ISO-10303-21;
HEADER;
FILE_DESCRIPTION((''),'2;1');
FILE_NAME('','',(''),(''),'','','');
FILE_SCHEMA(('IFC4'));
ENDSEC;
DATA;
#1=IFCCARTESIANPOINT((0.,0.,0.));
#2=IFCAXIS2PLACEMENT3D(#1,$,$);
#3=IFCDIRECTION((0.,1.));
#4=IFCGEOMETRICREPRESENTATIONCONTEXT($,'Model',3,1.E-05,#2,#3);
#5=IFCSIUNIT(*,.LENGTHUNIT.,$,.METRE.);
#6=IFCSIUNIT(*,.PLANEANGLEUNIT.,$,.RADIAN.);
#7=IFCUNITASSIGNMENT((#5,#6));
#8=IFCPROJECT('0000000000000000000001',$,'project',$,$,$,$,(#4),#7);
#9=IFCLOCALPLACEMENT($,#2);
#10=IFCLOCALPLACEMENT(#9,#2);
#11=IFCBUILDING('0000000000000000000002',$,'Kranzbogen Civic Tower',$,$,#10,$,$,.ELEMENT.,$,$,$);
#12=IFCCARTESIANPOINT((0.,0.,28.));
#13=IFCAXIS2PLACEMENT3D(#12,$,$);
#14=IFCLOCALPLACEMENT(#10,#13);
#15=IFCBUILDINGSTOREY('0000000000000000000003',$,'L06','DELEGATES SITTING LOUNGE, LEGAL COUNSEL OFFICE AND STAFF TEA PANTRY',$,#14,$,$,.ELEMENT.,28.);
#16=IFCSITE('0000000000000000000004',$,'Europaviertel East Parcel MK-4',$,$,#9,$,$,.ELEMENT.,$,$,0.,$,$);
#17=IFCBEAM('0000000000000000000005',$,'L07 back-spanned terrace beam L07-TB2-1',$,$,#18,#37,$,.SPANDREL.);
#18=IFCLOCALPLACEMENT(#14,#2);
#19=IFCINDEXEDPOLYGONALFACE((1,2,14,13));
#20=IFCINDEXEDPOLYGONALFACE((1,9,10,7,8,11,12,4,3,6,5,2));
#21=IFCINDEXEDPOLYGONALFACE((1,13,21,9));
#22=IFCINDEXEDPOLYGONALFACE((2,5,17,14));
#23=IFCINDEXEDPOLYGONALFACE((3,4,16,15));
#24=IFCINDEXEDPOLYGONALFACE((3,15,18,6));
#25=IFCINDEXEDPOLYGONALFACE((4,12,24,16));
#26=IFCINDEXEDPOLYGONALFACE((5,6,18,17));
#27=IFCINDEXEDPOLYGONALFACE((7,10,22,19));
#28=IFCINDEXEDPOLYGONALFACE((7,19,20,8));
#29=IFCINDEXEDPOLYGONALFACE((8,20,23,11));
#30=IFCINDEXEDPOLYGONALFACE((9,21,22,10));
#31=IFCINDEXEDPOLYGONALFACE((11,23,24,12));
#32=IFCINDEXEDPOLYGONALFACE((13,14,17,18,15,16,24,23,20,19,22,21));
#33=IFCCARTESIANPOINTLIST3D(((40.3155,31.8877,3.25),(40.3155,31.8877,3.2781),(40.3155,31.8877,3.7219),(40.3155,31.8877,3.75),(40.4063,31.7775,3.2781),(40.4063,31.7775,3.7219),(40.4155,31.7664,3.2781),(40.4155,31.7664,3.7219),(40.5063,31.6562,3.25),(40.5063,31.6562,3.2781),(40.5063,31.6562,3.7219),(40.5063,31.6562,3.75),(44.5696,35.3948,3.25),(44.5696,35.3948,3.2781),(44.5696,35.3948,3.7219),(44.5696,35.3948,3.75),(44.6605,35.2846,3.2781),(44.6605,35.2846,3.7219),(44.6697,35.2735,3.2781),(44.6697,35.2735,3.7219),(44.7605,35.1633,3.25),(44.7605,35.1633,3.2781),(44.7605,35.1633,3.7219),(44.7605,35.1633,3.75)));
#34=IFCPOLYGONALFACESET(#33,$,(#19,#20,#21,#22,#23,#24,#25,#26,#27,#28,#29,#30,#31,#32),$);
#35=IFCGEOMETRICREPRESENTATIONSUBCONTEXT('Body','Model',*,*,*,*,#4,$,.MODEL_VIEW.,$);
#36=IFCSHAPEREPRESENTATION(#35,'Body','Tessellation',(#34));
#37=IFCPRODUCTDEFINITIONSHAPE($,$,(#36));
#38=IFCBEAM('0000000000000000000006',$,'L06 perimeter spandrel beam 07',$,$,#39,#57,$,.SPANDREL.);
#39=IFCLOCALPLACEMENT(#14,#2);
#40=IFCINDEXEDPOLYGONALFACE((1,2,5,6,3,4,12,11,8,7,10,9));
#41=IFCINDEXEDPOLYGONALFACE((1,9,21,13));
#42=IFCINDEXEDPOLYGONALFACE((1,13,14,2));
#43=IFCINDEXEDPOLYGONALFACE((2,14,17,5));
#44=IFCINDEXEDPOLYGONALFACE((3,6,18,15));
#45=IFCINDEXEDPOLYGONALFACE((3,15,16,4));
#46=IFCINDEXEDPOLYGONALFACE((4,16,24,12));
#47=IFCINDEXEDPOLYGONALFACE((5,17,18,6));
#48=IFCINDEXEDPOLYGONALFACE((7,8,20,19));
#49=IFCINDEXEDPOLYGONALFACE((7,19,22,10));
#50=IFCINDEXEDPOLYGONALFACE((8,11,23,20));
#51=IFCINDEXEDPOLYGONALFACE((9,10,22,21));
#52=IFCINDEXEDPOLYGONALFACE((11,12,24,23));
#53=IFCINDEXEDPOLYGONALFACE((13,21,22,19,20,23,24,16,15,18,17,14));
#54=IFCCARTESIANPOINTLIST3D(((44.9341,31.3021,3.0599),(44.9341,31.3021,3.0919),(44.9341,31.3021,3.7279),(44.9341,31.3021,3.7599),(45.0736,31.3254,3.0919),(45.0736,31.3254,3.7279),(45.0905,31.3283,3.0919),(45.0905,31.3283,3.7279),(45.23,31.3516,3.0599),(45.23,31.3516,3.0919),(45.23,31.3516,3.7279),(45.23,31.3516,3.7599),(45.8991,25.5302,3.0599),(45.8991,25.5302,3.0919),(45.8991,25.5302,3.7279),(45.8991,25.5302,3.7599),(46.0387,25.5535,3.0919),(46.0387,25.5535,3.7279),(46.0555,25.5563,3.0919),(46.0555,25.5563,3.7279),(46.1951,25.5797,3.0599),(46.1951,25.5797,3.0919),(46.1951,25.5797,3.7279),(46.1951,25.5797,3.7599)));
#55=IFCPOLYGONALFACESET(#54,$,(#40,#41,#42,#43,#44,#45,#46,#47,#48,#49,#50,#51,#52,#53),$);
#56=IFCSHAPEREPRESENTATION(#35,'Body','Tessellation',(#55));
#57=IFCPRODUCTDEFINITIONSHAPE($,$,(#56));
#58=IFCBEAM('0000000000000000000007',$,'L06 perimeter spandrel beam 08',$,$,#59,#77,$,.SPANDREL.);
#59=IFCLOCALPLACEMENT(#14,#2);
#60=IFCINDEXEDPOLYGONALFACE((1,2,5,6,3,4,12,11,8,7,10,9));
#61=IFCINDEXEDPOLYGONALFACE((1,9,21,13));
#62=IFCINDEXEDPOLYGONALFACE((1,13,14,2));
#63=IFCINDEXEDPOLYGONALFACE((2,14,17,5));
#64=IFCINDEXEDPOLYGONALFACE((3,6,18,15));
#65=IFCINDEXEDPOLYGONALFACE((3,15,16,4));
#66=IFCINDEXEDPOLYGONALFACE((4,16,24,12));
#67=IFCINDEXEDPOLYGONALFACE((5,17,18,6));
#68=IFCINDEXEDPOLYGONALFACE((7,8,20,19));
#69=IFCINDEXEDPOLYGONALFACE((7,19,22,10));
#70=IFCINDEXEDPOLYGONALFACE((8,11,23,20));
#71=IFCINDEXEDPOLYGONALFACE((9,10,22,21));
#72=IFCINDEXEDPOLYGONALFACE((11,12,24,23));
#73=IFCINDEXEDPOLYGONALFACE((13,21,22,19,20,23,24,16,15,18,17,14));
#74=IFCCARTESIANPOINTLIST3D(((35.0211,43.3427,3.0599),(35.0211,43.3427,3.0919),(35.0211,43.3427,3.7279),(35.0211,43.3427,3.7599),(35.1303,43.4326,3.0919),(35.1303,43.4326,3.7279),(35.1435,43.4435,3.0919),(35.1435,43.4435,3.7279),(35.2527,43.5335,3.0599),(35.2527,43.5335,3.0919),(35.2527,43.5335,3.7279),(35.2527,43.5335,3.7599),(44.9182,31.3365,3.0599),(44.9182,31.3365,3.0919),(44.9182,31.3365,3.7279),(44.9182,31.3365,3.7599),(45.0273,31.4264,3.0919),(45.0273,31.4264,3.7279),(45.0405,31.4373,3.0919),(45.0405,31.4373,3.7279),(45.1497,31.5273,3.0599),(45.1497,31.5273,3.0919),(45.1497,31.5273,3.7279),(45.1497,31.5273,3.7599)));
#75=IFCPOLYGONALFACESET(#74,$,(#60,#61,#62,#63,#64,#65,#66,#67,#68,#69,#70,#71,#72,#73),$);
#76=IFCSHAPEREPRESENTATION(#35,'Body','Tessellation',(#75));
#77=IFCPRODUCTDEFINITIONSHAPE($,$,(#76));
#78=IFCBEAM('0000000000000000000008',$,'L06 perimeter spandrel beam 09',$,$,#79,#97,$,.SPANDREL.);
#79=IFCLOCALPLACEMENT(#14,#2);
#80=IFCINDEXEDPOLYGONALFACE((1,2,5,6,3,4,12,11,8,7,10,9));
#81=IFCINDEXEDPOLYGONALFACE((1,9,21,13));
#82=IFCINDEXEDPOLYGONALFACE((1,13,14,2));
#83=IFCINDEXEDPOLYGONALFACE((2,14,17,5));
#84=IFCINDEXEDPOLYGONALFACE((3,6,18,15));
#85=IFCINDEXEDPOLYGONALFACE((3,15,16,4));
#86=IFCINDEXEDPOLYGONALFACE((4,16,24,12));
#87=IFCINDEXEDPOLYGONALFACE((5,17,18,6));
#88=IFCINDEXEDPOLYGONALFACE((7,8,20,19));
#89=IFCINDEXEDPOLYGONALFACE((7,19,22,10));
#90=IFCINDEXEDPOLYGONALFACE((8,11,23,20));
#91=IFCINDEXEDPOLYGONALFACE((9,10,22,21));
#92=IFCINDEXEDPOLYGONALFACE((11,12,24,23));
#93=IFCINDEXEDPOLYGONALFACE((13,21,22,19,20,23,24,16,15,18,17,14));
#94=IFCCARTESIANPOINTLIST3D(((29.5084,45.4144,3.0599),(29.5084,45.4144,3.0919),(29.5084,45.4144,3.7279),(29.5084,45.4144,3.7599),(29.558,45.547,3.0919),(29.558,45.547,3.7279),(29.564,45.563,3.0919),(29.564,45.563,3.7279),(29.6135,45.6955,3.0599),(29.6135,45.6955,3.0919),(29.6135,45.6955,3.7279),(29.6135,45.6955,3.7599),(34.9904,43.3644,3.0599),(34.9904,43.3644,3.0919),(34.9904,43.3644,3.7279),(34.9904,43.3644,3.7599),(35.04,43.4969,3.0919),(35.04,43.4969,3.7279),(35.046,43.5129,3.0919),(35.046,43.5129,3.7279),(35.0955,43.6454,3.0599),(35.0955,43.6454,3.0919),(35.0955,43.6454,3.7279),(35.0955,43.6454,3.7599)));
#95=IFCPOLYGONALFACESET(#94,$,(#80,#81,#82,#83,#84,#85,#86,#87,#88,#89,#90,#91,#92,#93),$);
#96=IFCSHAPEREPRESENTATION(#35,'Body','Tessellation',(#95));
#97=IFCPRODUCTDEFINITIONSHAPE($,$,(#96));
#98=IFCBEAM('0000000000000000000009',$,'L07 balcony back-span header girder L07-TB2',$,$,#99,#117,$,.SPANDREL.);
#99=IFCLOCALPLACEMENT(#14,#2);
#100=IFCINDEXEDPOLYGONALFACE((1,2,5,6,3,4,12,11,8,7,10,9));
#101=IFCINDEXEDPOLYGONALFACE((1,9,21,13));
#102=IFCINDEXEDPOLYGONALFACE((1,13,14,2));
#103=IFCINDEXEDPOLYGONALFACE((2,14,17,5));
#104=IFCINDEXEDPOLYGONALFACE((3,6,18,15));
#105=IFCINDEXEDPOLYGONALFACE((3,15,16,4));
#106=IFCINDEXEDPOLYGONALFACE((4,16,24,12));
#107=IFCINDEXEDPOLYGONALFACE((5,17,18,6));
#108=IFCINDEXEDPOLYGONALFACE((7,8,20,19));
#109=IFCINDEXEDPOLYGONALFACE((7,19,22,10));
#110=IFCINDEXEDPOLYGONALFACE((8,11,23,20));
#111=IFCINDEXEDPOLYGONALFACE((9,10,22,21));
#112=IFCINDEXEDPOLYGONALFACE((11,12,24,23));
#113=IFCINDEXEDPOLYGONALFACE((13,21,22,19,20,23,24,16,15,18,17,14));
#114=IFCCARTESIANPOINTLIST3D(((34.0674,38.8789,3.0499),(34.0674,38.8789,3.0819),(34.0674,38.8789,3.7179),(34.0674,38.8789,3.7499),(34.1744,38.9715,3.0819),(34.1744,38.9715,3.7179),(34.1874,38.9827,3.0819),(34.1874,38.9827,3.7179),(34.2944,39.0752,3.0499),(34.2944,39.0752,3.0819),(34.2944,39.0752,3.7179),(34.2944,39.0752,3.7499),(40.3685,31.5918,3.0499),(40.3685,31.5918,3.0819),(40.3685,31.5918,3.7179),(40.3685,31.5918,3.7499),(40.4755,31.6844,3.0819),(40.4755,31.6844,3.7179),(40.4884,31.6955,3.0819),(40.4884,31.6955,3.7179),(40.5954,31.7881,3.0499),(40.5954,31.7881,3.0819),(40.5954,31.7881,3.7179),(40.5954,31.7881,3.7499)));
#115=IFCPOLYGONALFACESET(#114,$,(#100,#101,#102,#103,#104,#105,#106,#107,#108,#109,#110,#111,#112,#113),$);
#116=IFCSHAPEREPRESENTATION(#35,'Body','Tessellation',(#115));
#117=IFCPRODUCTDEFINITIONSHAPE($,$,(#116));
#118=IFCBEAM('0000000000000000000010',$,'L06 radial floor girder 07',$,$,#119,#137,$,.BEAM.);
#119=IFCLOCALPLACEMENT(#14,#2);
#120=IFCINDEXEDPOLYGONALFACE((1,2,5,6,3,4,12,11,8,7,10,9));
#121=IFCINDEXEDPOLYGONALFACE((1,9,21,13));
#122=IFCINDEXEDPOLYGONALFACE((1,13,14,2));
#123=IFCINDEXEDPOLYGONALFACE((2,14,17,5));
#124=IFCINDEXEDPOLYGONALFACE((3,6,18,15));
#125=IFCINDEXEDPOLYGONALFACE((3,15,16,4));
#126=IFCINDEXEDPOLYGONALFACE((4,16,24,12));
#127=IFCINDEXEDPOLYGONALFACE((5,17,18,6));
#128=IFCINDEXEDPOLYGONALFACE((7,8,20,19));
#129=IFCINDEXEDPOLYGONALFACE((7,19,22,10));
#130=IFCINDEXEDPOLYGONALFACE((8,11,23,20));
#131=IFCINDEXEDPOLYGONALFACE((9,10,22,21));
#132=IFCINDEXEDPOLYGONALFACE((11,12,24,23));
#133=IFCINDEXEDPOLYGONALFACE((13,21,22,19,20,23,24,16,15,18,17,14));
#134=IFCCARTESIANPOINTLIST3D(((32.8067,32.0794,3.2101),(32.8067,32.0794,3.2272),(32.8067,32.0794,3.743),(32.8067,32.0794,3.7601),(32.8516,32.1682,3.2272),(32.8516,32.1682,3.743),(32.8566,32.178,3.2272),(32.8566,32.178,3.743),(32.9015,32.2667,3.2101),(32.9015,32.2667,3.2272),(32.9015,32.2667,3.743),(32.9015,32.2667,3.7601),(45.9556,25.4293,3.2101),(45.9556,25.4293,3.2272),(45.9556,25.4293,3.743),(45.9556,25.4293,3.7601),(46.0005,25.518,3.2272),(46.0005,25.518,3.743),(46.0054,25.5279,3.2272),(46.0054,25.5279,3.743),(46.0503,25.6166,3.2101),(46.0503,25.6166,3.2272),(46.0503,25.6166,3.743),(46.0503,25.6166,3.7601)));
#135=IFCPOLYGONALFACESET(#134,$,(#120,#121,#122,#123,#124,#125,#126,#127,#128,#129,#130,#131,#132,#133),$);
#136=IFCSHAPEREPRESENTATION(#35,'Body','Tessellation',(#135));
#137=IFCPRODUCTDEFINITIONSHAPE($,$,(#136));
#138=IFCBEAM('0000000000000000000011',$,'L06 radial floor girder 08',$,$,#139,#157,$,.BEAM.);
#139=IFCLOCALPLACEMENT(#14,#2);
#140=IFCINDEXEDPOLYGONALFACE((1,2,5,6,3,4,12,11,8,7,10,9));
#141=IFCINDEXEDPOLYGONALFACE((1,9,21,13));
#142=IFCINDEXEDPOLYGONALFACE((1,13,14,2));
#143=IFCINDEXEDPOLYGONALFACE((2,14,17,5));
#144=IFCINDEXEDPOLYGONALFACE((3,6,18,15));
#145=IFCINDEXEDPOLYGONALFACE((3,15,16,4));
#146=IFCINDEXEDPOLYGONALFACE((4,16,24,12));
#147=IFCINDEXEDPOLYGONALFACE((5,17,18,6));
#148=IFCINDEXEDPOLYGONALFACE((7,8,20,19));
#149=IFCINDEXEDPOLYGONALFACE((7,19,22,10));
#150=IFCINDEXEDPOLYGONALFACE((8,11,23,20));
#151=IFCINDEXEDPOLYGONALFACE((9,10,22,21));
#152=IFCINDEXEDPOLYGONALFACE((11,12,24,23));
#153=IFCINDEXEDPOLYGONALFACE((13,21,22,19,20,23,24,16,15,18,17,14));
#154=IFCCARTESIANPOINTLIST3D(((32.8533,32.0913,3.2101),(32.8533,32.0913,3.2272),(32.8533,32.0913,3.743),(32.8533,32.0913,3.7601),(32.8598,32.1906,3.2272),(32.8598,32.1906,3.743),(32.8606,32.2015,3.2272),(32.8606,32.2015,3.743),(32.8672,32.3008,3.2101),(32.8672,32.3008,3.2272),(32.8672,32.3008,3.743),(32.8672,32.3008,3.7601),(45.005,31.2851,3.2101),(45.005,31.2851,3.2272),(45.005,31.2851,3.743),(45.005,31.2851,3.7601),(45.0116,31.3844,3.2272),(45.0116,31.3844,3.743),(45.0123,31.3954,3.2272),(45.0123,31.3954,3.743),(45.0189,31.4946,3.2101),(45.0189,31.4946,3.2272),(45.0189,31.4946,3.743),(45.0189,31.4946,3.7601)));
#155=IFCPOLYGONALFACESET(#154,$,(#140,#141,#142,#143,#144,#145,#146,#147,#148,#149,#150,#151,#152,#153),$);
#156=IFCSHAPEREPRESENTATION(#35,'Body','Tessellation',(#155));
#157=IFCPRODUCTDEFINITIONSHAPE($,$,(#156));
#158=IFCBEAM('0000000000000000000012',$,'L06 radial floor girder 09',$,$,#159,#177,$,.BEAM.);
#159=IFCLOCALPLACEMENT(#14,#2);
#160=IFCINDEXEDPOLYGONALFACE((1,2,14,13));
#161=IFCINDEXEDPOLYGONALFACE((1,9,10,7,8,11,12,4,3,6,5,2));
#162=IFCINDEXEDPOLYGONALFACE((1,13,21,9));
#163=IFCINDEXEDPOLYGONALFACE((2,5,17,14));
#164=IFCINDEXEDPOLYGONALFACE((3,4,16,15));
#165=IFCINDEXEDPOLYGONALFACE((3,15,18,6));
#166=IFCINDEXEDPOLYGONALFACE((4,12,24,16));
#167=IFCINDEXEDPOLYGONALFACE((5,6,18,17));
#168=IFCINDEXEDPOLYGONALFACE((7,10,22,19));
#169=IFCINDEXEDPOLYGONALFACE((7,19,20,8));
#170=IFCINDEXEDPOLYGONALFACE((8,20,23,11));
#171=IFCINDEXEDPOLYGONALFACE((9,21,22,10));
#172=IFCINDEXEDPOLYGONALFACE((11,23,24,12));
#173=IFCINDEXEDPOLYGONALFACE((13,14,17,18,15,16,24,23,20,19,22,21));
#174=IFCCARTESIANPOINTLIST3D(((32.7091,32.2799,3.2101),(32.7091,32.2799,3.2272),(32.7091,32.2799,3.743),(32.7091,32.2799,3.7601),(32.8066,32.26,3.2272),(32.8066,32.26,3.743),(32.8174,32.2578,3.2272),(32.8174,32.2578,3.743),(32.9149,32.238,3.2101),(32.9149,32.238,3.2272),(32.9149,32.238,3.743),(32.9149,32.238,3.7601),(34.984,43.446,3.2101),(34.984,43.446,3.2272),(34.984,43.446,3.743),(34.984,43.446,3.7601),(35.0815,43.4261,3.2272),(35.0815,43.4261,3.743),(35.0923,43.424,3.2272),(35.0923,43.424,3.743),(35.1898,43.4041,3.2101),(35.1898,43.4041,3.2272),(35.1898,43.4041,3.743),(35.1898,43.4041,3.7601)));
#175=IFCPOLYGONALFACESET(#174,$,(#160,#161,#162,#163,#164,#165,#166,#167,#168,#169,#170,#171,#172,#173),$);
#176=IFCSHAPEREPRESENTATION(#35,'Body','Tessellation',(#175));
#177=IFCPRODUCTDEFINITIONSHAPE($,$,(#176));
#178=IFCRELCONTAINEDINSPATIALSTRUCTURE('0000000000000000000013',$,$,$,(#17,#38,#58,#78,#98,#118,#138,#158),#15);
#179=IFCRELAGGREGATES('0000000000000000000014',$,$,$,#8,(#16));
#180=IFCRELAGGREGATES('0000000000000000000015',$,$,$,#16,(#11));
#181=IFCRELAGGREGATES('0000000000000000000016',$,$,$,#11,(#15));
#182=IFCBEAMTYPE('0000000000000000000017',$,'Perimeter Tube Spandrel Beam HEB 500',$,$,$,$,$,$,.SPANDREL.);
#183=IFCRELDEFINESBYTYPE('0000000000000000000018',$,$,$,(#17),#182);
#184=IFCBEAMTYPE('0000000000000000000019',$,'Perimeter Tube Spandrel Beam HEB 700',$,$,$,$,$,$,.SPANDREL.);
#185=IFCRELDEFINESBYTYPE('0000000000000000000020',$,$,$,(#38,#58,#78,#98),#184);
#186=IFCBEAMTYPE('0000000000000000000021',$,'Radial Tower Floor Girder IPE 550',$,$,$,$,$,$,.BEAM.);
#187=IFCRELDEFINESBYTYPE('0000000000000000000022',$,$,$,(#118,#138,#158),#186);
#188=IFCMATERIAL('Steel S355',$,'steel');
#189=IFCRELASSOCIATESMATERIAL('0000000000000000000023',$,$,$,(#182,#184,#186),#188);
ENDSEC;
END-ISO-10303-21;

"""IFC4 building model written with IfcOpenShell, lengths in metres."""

from ifc_helpers import new_model, si_unit, direction, frame, origin, origin_2d, place, context, subcontext, project, spatial, i_section, extrude, material, material_profile, profile_set, type_object, element, save


model = new_model("IFC4")

# Units and contexts
model_context = context("Model", 3, precision=1e-05, world=origin(), true_north=direction((0.0, 1.0)))
body_context = subcontext(model_context, "Body", "Model", "MODEL_VIEW")
ifc_project = project(units=[si_unit("LENGTHUNIT", "METRE"), si_unit("PLANEANGLEUNIT", "RADIAN")], contexts=[model_context])

# Site, building, storey
site_placement = place(None, origin())
site = spatial("IfcSite", under=ifc_project, at=site_placement, Name="Europaviertel East Parcel MK-4", CompositionType="ELEMENT", RefElevation=0.0)
building_placement = place(site_placement, origin())
building = spatial("IfcBuilding", under=site, at=building_placement, Name="Kranzbogen Civic Tower", CompositionType="ELEMENT")
storey_placement = place(building_placement, frame((0.0, 0.0, 28.0)))
storey = spatial("IfcBuildingStorey", under=building, at=storey_placement, Name="L06", Description="DELEGATES SITTING LOUNGE, LEGAL COUNSEL OFFICE AND STAFF TEA PANTRY", CompositionType="ELEMENT", Elevation=28.0)

# Shared definitions
ifc_material_1 = material(Name="Steel S355", Category="steel")

# Beams
ifc_material_profile_1 = material_profile(ifc_material_1, i_section(OverallWidth=0.3, OverallDepth=0.5, WebThickness=0.0144, FlangeThickness=0.0281, at=origin_2d()), Name="HEB 500")
ifc_profile_set_1 = profile_set([ifc_material_profile_1], Name="Steel S355")
beam_type_1 = type_object("IfcBeamType", Name="Perimeter Tube Spandrel Beam HEB 500", PredefinedType="SPANDREL", material=ifc_profile_set_1)
beam_1_placement = place(storey_placement, frame((40.4109, 31.772, 3.5), z_axis=(0.771604, 0.636103, 0.0), x_axis=(-0.636103, 0.771604, 0.0)))
element("IfcBeam", 1, at=beam_1_placement, inside=storey, type_object=beam_type_1, Name="L07 back-spanned terrace beam L07-TB2-1", PredefinedType="SPANDREL", context=body_context, shape_type="SweptSolid", body=[
    extrude(i_section(OverallWidth=0.3, OverallDepth=0.5, WebThickness=0.0144, FlangeThickness=0.0281, at=origin_2d()), origin(), (0.0, 0.0, 1.0), 5.5134),
])
ifc_material_profile_2 = material_profile(ifc_material_1, i_section(OverallWidth=0.3, OverallDepth=0.7, WebThickness=0.0171, FlangeThickness=0.032, at=origin_2d()), Name="HEB 700")
ifc_profile_set_2 = profile_set([ifc_material_profile_2], Name="Steel S355")
beam_type_2 = type_object("IfcBeamType", Name="Perimeter Tube Spandrel Beam HEB 700", PredefinedType="SPANDREL", material=ifc_profile_set_2)
beam_2_placement = place(storey_placement, frame((46.0471, 25.5549, 3.4099), z_axis=(-0.164913, 0.986308, 0.0), x_axis=(-0.986308, -0.164913, 0.0)))
element("IfcBeam", 2, at=beam_2_placement, inside=storey, type_object=beam_type_2, Name="L06 perimeter spandrel beam 07", PredefinedType="SPANDREL", context=body_context, shape_type="SweptSolid", body=[
    extrude(i_section(OverallWidth=0.3, OverallDepth=0.7, WebThickness=0.0171, FlangeThickness=0.032, at=origin_2d()), origin(), (0.0, 0.0, 1.0), 5.8521),
])
beam_3_placement = place(storey_placement, frame((45.0339, 31.4319, 3.4099), z_axis=(-0.636075, 0.771628, 0.0), x_axis=(-0.771628, -0.636075, 0.0)))
element("IfcBeam", 3, at=beam_3_placement, inside=storey, type_object=beam_type_2, Name="L06 perimeter spandrel beam 08", PredefinedType="SPANDREL", context=body_context, shape_type="SweptSolid", body=[
    extrude(i_section(OverallWidth=0.3, OverallDepth=0.7, WebThickness=0.0171, FlangeThickness=0.032, at=origin_2d()), origin(), (0.0, 0.0, 1.0), 15.5596),
])
beam_4_placement = place(storey_placement, frame((35.043, 43.5049, 3.4099), z_axis=(-0.936648, 0.350273, 0.0), x_axis=(-0.350273, -0.936648, 0.0)))
element("IfcBeam", 4, at=beam_4_placement, inside=storey, type_object=beam_type_2, Name="L06 perimeter spandrel beam 09", PredefinedType="SPANDREL", context=body_context, shape_type="SweptSolid", body=[
    extrude(i_section(OverallWidth=0.3, OverallDepth=0.7, WebThickness=0.0171, FlangeThickness=0.032, at=origin_2d()), origin(), (0.0, 0.0, 1.0), 5.8528),
])
beam_5_placement = place(storey_placement, frame((40.4819, 31.6899, 3.3999), z_axis=(-0.654072, 0.756432, 0.0), x_axis=(-0.756432, -0.654072, 0.0)))
element("IfcBeam", 5, at=beam_5_placement, inside=storey, type_object=beam_type_2, Name="L07 balcony back-span header girder L07-TB2", PredefinedType="SPANDREL", context=body_context, shape_type="SweptSolid", body=[
    extrude(i_section(OverallWidth=0.3, OverallDepth=0.7, WebThickness=0.0171, FlangeThickness=0.032, at=origin_2d()), origin(), (0.0, 0.0, 1.0), 9.6335),
])
ifc_material_profile_3 = material_profile(ifc_material_1, i_section(OverallWidth=0.21, OverallDepth=0.55, WebThickness=0.011, FlangeThickness=0.0171, at=origin_2d()), Name="IPE 550")
ifc_profile_set_3 = profile_set([ifc_material_profile_3], Name="Steel S355")
beam_type_3 = type_object("IfcBeamType", Name="Radial Tower Floor Girder IPE 550", PredefinedType="BEAM", material=ifc_profile_set_3)
beam_6_placement = place(storey_placement, frame((46.0029, 25.5229, 3.4851), z_axis=(-0.892363, 0.451318, 0.0), x_axis=(-0.451318, -0.892363, 0.0)))
element("IfcBeam", 6, at=beam_6_placement, inside=storey, type_object=beam_type_3, Name="L06 radial floor girder 07", PredefinedType="BEAM", context=body_context, shape_type="SweptSolid", body=[
    extrude(i_section(OverallWidth=0.21, OverallDepth=0.55, WebThickness=0.011, FlangeThickness=0.0171, at=origin_2d()), origin(), (0.0, 0.0, 1.0), 14.7349),
])
beam_7_placement = place(storey_placement, frame((45.012, 31.3899, 3.4851), z_axis=(-0.997807, 0.066194, 0.0), x_axis=(-0.066194, -0.997807, 0.0)))
element("IfcBeam", 7, at=beam_7_placement, inside=storey, type_object=beam_type_3, Name="L06 radial floor girder 08", PredefinedType="BEAM", context=body_context, shape_type="SweptSolid", body=[
    extrude(i_section(OverallWidth=0.21, OverallDepth=0.55, WebThickness=0.011, FlangeThickness=0.0171, at=origin_2d()), origin(), (0.0, 0.0, 1.0), 12.1785),
])
beam_8_placement = place(storey_placement, frame((35.0869, 43.425, 3.4851), z_axis=(-0.199633, -0.979871, 0.0), x_axis=(0.979871, -0.199633, 0.0)))
element("IfcBeam", 8, at=beam_8_placement, inside=storey, type_object=beam_type_3, Name="L06 radial floor girder 09", PredefinedType="BEAM", context=body_context, shape_type="SweptSolid", body=[
    extrude(i_section(OverallWidth=0.21, OverallDepth=0.55, WebThickness=0.011, FlangeThickness=0.0171, at=origin_2d()), origin(), (0.0, 0.0, 1.0), 11.3955),
])

save(model, "model.ifc")
